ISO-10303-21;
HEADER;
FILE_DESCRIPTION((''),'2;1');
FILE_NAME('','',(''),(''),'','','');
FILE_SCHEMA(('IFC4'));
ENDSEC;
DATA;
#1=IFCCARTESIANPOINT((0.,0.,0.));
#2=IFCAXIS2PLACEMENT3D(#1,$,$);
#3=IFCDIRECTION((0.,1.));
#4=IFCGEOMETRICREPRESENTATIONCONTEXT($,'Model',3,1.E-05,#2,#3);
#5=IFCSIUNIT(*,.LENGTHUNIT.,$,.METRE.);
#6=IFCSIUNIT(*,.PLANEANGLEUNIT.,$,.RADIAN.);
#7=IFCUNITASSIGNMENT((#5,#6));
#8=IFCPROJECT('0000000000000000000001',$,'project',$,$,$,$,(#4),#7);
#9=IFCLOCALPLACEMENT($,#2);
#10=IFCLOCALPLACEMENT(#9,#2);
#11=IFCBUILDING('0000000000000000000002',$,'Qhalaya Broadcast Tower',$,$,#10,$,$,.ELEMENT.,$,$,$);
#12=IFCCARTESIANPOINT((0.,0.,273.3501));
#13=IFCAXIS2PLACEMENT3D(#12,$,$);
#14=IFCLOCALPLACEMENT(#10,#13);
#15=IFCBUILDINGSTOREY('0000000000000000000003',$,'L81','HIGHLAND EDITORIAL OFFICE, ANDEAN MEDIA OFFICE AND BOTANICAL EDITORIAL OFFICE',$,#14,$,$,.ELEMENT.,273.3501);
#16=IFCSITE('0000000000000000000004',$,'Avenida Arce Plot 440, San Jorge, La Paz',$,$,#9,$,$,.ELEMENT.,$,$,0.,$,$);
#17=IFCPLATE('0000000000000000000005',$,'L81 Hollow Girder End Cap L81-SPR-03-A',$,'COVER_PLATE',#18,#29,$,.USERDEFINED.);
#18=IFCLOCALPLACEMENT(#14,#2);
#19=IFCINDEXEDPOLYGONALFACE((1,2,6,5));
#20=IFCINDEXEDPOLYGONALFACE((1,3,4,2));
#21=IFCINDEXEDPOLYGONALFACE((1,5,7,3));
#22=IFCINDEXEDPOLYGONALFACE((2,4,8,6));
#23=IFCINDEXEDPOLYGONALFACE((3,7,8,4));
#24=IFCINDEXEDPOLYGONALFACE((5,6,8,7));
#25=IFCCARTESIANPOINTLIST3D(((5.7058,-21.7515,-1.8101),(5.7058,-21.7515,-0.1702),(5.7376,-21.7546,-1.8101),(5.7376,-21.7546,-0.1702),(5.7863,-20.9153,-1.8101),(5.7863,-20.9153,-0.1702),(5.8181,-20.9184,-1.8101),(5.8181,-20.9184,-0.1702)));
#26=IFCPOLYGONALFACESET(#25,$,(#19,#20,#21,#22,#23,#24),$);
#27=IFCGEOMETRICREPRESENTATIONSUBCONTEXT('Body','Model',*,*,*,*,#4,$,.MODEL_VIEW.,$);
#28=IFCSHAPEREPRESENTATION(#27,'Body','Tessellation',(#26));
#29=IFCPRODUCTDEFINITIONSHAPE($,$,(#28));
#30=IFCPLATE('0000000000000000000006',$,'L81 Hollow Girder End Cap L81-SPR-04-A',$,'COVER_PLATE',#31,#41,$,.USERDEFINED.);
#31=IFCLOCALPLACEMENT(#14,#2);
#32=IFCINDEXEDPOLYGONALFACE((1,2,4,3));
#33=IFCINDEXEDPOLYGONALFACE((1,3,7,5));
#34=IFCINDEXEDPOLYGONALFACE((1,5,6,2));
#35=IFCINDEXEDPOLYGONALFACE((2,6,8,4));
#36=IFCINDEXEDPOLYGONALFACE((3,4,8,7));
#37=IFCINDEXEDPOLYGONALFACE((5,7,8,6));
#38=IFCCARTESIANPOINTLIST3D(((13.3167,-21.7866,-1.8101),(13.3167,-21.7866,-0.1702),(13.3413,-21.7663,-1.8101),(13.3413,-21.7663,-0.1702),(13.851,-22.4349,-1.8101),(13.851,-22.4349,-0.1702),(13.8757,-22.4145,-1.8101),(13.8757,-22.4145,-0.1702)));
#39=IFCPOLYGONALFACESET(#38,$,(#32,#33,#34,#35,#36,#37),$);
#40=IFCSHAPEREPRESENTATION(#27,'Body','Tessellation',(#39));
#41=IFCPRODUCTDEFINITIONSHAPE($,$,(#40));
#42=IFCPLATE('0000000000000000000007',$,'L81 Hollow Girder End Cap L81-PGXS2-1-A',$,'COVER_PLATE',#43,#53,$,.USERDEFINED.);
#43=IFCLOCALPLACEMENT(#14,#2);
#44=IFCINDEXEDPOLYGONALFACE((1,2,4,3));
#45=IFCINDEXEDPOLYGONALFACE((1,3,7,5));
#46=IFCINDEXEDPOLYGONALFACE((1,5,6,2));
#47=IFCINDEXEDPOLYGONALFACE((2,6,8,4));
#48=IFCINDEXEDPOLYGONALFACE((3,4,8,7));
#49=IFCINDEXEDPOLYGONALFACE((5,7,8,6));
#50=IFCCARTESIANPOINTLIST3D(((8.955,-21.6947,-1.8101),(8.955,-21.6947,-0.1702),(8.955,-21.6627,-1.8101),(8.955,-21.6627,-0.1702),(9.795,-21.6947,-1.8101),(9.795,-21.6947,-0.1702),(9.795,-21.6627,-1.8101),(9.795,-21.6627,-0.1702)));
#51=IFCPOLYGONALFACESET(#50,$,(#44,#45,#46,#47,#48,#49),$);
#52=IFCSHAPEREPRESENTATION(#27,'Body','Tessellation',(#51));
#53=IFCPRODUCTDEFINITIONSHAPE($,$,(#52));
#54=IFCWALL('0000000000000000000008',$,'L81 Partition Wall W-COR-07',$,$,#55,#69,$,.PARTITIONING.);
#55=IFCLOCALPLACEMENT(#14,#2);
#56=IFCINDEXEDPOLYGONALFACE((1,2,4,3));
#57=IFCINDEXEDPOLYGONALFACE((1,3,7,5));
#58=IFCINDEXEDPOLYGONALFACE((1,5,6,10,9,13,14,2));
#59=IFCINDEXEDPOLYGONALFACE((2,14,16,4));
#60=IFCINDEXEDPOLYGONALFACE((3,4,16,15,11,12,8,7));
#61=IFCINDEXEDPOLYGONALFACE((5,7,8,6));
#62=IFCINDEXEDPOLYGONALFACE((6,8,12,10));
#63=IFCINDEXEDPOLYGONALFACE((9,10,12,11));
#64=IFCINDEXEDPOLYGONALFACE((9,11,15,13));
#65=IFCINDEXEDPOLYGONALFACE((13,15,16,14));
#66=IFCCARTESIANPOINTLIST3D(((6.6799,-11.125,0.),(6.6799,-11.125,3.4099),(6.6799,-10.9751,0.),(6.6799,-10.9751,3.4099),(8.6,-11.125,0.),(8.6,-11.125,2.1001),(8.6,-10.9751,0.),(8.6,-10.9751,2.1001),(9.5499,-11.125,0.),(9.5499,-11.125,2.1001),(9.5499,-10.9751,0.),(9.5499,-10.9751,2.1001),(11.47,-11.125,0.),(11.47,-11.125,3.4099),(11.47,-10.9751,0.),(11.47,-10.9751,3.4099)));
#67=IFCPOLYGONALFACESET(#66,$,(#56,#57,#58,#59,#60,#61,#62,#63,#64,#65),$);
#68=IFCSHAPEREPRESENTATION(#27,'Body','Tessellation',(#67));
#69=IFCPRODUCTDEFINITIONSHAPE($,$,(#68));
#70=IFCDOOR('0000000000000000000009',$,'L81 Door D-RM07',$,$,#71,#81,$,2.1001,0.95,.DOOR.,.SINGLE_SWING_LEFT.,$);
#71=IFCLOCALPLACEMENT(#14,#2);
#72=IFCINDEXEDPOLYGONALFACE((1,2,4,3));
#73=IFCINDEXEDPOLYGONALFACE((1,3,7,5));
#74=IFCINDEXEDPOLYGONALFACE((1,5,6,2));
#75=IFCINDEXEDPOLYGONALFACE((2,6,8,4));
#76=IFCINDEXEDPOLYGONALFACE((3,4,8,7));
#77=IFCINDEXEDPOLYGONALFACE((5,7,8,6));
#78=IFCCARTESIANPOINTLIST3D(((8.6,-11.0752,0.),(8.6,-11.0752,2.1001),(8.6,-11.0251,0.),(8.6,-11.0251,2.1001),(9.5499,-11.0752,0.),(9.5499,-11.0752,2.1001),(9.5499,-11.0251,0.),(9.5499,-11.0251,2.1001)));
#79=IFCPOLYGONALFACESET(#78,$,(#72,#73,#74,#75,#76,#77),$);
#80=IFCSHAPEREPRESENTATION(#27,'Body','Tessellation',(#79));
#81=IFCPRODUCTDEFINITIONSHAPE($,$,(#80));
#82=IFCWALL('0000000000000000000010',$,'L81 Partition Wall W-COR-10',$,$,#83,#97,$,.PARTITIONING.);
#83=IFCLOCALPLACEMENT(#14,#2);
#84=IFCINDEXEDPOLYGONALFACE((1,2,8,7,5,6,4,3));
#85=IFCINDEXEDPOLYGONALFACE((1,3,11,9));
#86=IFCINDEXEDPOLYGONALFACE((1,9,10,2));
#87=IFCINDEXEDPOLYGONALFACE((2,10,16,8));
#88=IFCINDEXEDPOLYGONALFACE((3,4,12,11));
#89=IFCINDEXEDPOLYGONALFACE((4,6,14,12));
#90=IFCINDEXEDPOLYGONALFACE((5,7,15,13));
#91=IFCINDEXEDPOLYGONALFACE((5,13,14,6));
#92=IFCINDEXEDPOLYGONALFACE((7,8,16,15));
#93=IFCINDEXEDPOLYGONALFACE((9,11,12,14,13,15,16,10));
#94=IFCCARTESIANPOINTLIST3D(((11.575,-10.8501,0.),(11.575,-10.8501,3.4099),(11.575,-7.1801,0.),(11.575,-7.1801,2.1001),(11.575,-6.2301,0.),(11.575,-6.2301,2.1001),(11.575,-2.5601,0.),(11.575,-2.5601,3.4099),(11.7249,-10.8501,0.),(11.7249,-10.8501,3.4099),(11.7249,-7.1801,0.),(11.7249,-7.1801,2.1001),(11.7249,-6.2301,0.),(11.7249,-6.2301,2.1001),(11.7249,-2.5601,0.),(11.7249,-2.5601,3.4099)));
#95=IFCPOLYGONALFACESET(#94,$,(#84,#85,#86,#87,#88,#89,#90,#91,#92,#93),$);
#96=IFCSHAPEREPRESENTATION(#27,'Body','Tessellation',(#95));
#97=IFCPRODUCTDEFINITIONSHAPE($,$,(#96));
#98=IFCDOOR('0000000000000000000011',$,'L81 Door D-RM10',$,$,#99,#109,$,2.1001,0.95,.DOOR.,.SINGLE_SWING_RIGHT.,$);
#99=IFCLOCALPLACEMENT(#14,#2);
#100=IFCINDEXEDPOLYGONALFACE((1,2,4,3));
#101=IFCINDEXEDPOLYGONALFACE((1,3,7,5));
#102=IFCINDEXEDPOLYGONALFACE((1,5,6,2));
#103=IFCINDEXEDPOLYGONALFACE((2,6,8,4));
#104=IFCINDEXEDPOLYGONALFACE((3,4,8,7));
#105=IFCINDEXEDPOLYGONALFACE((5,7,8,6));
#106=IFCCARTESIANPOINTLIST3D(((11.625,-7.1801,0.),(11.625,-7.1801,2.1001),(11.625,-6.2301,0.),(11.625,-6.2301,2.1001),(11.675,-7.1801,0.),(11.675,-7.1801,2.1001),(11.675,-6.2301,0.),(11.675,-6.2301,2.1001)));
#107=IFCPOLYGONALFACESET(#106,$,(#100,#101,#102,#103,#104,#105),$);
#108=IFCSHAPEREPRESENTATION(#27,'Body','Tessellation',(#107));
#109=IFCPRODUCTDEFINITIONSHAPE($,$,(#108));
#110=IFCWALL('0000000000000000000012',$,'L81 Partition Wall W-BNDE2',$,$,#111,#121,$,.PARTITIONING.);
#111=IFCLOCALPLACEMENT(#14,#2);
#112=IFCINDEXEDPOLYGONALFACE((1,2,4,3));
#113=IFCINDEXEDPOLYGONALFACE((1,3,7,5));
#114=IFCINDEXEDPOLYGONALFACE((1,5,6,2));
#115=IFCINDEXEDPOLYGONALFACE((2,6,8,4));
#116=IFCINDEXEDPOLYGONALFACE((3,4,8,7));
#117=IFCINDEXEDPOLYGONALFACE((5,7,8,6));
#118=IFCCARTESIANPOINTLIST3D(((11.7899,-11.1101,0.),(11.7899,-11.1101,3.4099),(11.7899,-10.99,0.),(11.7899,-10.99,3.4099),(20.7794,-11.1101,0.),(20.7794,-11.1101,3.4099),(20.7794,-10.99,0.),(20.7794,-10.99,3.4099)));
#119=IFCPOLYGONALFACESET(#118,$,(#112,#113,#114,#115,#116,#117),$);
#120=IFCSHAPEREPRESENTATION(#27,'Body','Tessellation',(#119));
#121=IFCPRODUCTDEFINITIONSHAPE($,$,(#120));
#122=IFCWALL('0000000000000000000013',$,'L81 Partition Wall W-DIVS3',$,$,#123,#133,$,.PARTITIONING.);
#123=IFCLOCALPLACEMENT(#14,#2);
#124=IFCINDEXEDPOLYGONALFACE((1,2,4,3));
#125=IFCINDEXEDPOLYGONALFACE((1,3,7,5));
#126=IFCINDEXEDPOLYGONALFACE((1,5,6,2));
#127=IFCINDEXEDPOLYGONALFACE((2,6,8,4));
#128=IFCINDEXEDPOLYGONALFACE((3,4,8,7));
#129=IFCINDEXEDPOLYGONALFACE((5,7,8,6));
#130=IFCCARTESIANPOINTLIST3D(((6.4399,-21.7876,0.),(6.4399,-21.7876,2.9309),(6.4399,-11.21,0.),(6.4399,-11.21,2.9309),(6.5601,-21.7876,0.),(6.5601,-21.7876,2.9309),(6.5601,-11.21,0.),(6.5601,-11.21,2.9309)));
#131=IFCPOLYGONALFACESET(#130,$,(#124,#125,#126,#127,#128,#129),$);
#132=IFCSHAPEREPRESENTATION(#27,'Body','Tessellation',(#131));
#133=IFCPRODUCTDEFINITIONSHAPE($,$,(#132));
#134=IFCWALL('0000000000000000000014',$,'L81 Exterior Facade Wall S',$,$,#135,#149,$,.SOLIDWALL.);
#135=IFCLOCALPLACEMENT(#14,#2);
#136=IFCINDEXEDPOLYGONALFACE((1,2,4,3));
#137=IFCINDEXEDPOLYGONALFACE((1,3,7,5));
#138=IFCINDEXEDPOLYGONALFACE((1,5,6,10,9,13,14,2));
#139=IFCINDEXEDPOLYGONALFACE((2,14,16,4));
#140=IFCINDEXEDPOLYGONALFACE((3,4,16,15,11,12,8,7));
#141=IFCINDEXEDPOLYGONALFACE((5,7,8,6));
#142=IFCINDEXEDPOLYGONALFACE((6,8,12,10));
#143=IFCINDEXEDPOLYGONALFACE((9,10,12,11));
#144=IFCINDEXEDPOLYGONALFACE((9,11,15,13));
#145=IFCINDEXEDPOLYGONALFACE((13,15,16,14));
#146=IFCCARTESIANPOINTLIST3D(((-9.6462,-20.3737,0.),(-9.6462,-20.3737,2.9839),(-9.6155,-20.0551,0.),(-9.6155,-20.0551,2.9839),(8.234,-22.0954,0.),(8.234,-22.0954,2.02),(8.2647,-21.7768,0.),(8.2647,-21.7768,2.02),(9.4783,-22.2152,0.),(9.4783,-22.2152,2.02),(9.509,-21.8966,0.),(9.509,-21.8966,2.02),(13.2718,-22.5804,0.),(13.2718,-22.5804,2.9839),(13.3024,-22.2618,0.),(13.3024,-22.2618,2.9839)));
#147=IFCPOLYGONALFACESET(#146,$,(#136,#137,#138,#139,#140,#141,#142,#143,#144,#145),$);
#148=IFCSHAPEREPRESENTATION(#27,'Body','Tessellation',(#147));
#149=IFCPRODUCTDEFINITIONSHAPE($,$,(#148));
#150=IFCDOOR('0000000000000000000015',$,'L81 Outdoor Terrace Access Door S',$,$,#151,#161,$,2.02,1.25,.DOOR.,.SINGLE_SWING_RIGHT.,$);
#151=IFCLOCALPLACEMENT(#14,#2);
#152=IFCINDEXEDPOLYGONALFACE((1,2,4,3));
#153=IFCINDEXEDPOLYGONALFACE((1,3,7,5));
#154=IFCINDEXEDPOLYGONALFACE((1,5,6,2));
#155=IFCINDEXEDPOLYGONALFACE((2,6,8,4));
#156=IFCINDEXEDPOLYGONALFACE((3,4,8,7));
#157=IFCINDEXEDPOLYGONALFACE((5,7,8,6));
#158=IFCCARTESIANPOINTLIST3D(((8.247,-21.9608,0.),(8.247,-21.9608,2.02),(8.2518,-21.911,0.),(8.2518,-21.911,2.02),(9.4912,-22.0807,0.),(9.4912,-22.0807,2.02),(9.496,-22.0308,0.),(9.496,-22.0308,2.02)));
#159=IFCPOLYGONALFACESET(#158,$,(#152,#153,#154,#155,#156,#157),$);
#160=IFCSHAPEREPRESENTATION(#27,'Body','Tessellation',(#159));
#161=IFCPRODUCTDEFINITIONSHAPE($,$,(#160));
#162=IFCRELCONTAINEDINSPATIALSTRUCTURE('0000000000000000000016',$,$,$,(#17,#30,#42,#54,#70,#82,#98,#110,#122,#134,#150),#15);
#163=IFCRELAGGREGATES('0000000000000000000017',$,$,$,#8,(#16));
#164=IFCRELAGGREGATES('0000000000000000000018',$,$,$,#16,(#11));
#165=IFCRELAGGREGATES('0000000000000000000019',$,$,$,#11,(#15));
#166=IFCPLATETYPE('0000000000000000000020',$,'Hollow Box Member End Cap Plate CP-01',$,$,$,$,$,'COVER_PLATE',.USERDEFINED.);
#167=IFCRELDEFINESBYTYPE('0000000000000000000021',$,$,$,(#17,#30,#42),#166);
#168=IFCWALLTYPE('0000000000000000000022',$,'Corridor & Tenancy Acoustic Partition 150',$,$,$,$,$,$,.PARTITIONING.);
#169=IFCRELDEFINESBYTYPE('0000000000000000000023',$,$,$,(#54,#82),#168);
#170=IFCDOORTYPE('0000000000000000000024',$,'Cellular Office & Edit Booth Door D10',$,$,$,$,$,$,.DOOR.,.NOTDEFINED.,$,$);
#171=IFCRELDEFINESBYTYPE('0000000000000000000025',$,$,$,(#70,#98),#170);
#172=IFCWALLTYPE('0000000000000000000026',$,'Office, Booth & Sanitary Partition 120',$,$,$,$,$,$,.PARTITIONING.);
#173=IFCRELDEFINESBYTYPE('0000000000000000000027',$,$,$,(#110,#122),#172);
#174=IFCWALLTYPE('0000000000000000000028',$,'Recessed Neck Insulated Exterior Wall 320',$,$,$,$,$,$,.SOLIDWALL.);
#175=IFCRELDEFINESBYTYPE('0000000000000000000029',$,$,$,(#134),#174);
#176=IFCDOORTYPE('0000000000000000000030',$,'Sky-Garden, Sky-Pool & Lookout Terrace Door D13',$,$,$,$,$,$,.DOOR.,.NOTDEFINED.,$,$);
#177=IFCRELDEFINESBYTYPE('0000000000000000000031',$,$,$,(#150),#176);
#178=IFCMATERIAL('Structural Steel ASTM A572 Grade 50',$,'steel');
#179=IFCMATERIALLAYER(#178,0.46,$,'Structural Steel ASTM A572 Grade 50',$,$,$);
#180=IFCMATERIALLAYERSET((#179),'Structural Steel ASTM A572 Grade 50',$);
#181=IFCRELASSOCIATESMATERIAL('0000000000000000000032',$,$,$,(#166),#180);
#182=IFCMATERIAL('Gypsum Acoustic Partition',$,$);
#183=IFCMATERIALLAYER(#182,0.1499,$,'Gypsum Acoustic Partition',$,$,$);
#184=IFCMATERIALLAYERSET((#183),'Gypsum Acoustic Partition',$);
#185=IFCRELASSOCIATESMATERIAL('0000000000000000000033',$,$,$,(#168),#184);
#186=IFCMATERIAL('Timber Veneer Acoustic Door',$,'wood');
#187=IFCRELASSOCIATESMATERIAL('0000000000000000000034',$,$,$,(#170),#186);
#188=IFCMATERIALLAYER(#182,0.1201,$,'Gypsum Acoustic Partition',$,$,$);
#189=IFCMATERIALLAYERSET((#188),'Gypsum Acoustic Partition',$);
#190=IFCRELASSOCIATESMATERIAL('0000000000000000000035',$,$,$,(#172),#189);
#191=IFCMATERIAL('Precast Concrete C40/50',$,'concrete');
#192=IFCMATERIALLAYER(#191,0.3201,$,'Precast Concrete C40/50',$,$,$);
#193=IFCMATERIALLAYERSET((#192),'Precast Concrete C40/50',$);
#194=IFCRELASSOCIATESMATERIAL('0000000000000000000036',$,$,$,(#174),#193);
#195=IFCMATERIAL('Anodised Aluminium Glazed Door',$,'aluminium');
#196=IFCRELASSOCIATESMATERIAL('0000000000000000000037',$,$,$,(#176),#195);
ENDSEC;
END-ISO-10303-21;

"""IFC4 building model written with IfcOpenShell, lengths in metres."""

from ifc_helpers import new_model, si_unit, direction, frame, frame_2d, origin, origin_2d, place, context, subcontext, project, spatial, rectangle, extrude, material, layer, layer_set, type_object, element, fill, save


model = new_model("IFC4")

# Units and contexts
model_context = context("Model", 3, precision=1e-05, world=origin(), true_north=direction((0.0, 1.0)))
body_context = subcontext(model_context, "Body", "Model", "MODEL_VIEW")
ifc_project = project(units=[si_unit("LENGTHUNIT", "METRE"), si_unit("PLANEANGLEUNIT", "RADIAN")], contexts=[model_context])

# Site, building, storey
site_placement = place(None, origin())
site = spatial("IfcSite", under=ifc_project, at=site_placement, Name="Avenida Arce Plot 440, San Jorge, La Paz", CompositionType="ELEMENT", RefElevation=0.0)
building_placement = place(site_placement, origin())
building = spatial("IfcBuilding", under=site, at=building_placement, Name="Qhalaya Broadcast Tower", CompositionType="ELEMENT")
storey_placement = place(building_placement, frame((0.0, 0.0, 273.3501)))
storey = spatial("IfcBuildingStorey", under=building, at=storey_placement, Name="L81", Description="HIGHLAND EDITORIAL OFFICE, ANDEAN MEDIA OFFICE AND BOTANICAL EDITORIAL OFFICE", CompositionType="ELEMENT", Elevation=273.3501)

# Shared definitions
ifc_material_1 = material(Name="Structural Steel ASTM A572 Grade 50", Category="steel")

# Plates
ifc_layer_1 = layer(ifc_material_1, 0.46, Name="Structural Steel ASTM A572 Grade 50")
ifc_layer_set_1 = layer_set([ifc_layer_1], Name="Structural Steel ASTM A572 Grade 50")
plate_type = type_object("IfcPlateType", Name="Hollow Box Member End Cap Plate CP-01", ElementType="COVER_PLATE", PredefinedType="USERDEFINED", material=ifc_layer_set_1)
for number, where, z_axis, x_axis, name in (
    (1, (5.762, -21.335, -1.8101), (0.0, 0.0, 1.0), (0.095846, 0.995396, 0.0), "L81 Hollow Girder End Cap L81-SPR-03-A"),
    (2, (13.5962, -22.1006, -1.8101), (0.0, 0.0, 1.0), (-0.636078, 0.771625, 0.0), "L81 Hollow Girder End Cap L81-SPR-04-A"),
    (3, (9.375, -21.6787, -1.8101), (0.0, 0.0, 1.0), (-1.0, 0.0, 0.0), "L81 Hollow Girder End Cap L81-PGXS2-1-A"),
):
    element("IfcPlate", number, at=place(storey_placement, frame(where, z_axis=z_axis, x_axis=x_axis)), inside=storey, type_object=plate_type, Name=name, ObjectType="COVER_PLATE", PredefinedType="USERDEFINED", context=body_context, shape_type="SweptSolid", body=[
        extrude(rectangle(XDim=0.8401, YDim=0.032, at=origin_2d()), origin(), (0.0, 0.0, 1.0), 1.6399),
    ])

# Walls, openings, doors
ifc_material_2 = material(Name="Gypsum Acoustic Partition")
ifc_layer_2 = layer(ifc_material_2, 0.1499, Name="Gypsum Acoustic Partition")
ifc_layer_set_2 = layer_set([ifc_layer_2], Name="Gypsum Acoustic Partition")
wall_type_1 = type_object("IfcWallType", Name="Corridor & Tenancy Acoustic Partition 150", PredefinedType="PARTITIONING", material=ifc_layer_set_2)
wall_1_placement = place(storey_placement, frame((6.6799, -11.05, 0.0), z_axis=(0.0, 0.0, 1.0), x_axis=(1.0, 0.0, 0.0)))
wall_1 = element("IfcWall", 4, at=wall_1_placement, inside=storey, type_object=wall_type_1, Name="L81 Partition Wall W-COR-07", PredefinedType="PARTITIONING", context=body_context, shape_type="SweptSolid", body=[
    extrude(rectangle(XDim=4.79, YDim=0.1499, at=frame_2d((2.395, 0.0))), origin(), (0.0, 0.0, 1.0), 3.4099),
])
opening_1_placement = place(wall_1_placement, frame((1.9199, 0.0, 0.0)))
opening_1 = element("IfcOpeningElement", 5, at=opening_1_placement, cuts=wall_1, PredefinedType="OPENING", context=body_context, shape_type="SweptSolid", body=[
    extrude(rectangle(XDim=0.95, YDim=2.1001, at=frame_2d((0.4751, 1.05))), frame((0.0, 0.0869, 0.0), z_axis=(0.0, -1.0, 0.0), x_axis=(1.0, 0.0, 0.0)), (0.0, 0.0, 1.0), 0.1738),
])
ifc_material_3 = material(Name="Timber Veneer Acoustic Door", Category="wood")
door_type_1 = type_object("IfcDoorType", Name="Cellular Office & Edit Booth Door D10", OperationType="NOTDEFINED", PredefinedType="DOOR", material=ifc_material_3)
door_1_placement = place(opening_1_placement, origin())
door_1 = element("IfcDoor", 6, at=door_1_placement, inside=storey, type_object=door_type_1, Name="L81 Door D-RM07", OperationType="SINGLE_SWING_LEFT", OverallHeight=2.1001, OverallWidth=0.95, PredefinedType="DOOR", context=body_context, shape_type="SweptSolid", body=[
    extrude(rectangle(XDim=0.95, YDim=2.1001, at=frame_2d((0.4751, 1.05))), frame((0.0, 0.0249, 0.0), z_axis=(0.0, -1.0, 0.0), x_axis=(1.0, 0.0, 0.0)), (0.0, 0.0, 1.0), 0.05),
])
fill(opening_1, door_1)
wall_2_placement = place(storey_placement, frame((11.6499, -10.8501, 0.0), z_axis=(0.0, 0.0, 1.0), x_axis=(0.0, 1.0, 0.0)))
wall_2 = element("IfcWall", 7, at=wall_2_placement, inside=storey, type_object=wall_type_1, Name="L81 Partition Wall W-COR-10", PredefinedType="PARTITIONING", context=body_context, shape_type="SweptSolid", body=[
    extrude(rectangle(XDim=8.29, YDim=0.1499, at=frame_2d((4.145, 0.0))), origin(), (0.0, 0.0, 1.0), 3.4099),
])
opening_2_placement = place(wall_2_placement, frame((3.6699, 0.0, 0.0)))
opening_2 = element("IfcOpeningElement", 8, at=opening_2_placement, cuts=wall_2, PredefinedType="OPENING", context=body_context, shape_type="SweptSolid", body=[
    extrude(rectangle(XDim=0.95, YDim=2.1001, at=frame_2d((0.4751, 1.05))), frame((0.0, 0.0869, 0.0), z_axis=(0.0, -1.0, 0.0), x_axis=(1.0, 0.0, 0.0)), (0.0, 0.0, 1.0), 0.1738),
])
door_2_placement = place(opening_2_placement, origin())
door_2 = element("IfcDoor", 9, at=door_2_placement, inside=storey, type_object=door_type_1, Name="L81 Door D-RM10", OperationType="SINGLE_SWING_RIGHT", OverallHeight=2.1001, OverallWidth=0.95, PredefinedType="DOOR", context=body_context, shape_type="SweptSolid", body=[
    extrude(rectangle(XDim=0.95, YDim=2.1001, at=frame_2d((0.4751, 1.05))), frame((0.0, 0.0249, 0.0), z_axis=(0.0, -1.0, 0.0), x_axis=(1.0, 0.0, 0.0)), (0.0, 0.0, 1.0), 0.05),
])
fill(opening_2, door_2)

# Walls
ifc_layer_3 = layer(ifc_material_2, 0.1201, Name="Gypsum Acoustic Partition")
ifc_layer_set_3 = layer_set([ifc_layer_3], Name="Gypsum Acoustic Partition")
wall_type_2 = type_object("IfcWallType", Name="Office, Booth & Sanitary Partition 120", PredefinedType="PARTITIONING", material=ifc_layer_set_3)
wall_3_placement = place(storey_placement, frame((11.79, -11.05, 0.0), z_axis=(0.0, 0.0, 1.0), x_axis=(1.0, 0.0, 0.0)))
element("IfcWall", 10, at=wall_3_placement, inside=storey, type_object=wall_type_2, Name="L81 Partition Wall W-BNDE2", PredefinedType="PARTITIONING", context=body_context, shape_type="SweptSolid", body=[
    extrude(rectangle(XDim=8.9895, YDim=0.1201, at=frame_2d((4.4946, 0.0))), origin(), (0.0, 0.0, 1.0), 3.4099),
])
wall_4_placement = place(storey_placement, frame((6.5, -21.7876, 0.0), z_axis=(0.0, 0.0, 1.0), x_axis=(0.0, 1.0, 0.0)))
element("IfcWall", 11, at=wall_4_placement, inside=storey, type_object=wall_type_2, Name="L81 Partition Wall W-DIVS3", PredefinedType="PARTITIONING", context=body_context, shape_type="SweptSolid", body=[
    extrude(rectangle(XDim=10.5776, YDim=0.1201, at=frame_2d((5.2888, 0.0))), origin(), (0.0, 0.0, 1.0), 2.9309),
])

# Wall, opening, door
ifc_material_4 = material(Name="Precast Concrete C40/50", Category="concrete")
ifc_layer_4 = layer(ifc_material_4, 0.3201, Name="Precast Concrete C40/50")
ifc_layer_set_4 = layer_set([ifc_layer_4], Name="Precast Concrete C40/50")
wall_type_3 = type_object("IfcWallType", Name="Recessed Neck Insulated Exterior Wall 320", PredefinedType="SOLIDWALL", material=ifc_layer_set_4)
wall_5_placement = place(storey_placement, frame((13.2871, -22.4211, 0.0), z_axis=(0.0, 0.0, 1.0), x_axis=(-0.995396, 0.095847, 0.0)))
wall_5 = element("IfcWall", 12, at=wall_5_placement, inside=storey, type_object=wall_type_3, Name="L81 Exterior Facade Wall S", PredefinedType="SOLIDWALL", context=body_context, shape_type="SweptSolid", body=[
    extrude(rectangle(XDim=23.0239, YDim=0.3201, at=frame_2d((11.512, 0.0))), origin(), (0.0, 0.0, 1.0), 2.9839),
])
opening_3_placement = place(wall_5_placement, frame((3.811, 0.0, 0.0)))
opening_3 = element("IfcOpeningElement", 13, at=opening_3_placement, cuts=wall_5, PredefinedType="OPENING", context=body_context, shape_type="SweptSolid", body=[
    extrude(rectangle(XDim=1.25, YDim=2.02, at=frame_2d((0.625, 1.01))), frame((0.0, 0.1721, 0.0), z_axis=(0.0, -1.0, 0.0), x_axis=(1.0, 0.0, 0.0)), (0.0, 0.0, 1.0), 0.344),
])
ifc_material_5 = material(Name="Anodised Aluminium Glazed Door", Category="aluminium")
door_type_2 = type_object("IfcDoorType", Name="Sky-Garden, Sky-Pool & Lookout Terrace Door D13", OperationType="NOTDEFINED", PredefinedType="DOOR", material=ifc_material_5)
door_3_placement = place(opening_3_placement, origin())
door_3 = element("IfcDoor", 14, at=door_3_placement, inside=storey, type_object=door_type_2, Name="L81 Outdoor Terrace Access Door S", OperationType="SINGLE_SWING_RIGHT", OverallHeight=2.02, OverallWidth=1.25, PredefinedType="DOOR", context=body_context, shape_type="SweptSolid", body=[
    extrude(rectangle(XDim=1.25, YDim=2.02, at=frame_2d((0.625, 1.01))), frame((0.0, 0.0249, 0.0), z_axis=(0.0, -1.0, 0.0), x_axis=(1.0, 0.0, 0.0)), (0.0, 0.0, 1.0), 0.05),
])
fill(opening_3, door_3)

save(model, "model.ifc")
